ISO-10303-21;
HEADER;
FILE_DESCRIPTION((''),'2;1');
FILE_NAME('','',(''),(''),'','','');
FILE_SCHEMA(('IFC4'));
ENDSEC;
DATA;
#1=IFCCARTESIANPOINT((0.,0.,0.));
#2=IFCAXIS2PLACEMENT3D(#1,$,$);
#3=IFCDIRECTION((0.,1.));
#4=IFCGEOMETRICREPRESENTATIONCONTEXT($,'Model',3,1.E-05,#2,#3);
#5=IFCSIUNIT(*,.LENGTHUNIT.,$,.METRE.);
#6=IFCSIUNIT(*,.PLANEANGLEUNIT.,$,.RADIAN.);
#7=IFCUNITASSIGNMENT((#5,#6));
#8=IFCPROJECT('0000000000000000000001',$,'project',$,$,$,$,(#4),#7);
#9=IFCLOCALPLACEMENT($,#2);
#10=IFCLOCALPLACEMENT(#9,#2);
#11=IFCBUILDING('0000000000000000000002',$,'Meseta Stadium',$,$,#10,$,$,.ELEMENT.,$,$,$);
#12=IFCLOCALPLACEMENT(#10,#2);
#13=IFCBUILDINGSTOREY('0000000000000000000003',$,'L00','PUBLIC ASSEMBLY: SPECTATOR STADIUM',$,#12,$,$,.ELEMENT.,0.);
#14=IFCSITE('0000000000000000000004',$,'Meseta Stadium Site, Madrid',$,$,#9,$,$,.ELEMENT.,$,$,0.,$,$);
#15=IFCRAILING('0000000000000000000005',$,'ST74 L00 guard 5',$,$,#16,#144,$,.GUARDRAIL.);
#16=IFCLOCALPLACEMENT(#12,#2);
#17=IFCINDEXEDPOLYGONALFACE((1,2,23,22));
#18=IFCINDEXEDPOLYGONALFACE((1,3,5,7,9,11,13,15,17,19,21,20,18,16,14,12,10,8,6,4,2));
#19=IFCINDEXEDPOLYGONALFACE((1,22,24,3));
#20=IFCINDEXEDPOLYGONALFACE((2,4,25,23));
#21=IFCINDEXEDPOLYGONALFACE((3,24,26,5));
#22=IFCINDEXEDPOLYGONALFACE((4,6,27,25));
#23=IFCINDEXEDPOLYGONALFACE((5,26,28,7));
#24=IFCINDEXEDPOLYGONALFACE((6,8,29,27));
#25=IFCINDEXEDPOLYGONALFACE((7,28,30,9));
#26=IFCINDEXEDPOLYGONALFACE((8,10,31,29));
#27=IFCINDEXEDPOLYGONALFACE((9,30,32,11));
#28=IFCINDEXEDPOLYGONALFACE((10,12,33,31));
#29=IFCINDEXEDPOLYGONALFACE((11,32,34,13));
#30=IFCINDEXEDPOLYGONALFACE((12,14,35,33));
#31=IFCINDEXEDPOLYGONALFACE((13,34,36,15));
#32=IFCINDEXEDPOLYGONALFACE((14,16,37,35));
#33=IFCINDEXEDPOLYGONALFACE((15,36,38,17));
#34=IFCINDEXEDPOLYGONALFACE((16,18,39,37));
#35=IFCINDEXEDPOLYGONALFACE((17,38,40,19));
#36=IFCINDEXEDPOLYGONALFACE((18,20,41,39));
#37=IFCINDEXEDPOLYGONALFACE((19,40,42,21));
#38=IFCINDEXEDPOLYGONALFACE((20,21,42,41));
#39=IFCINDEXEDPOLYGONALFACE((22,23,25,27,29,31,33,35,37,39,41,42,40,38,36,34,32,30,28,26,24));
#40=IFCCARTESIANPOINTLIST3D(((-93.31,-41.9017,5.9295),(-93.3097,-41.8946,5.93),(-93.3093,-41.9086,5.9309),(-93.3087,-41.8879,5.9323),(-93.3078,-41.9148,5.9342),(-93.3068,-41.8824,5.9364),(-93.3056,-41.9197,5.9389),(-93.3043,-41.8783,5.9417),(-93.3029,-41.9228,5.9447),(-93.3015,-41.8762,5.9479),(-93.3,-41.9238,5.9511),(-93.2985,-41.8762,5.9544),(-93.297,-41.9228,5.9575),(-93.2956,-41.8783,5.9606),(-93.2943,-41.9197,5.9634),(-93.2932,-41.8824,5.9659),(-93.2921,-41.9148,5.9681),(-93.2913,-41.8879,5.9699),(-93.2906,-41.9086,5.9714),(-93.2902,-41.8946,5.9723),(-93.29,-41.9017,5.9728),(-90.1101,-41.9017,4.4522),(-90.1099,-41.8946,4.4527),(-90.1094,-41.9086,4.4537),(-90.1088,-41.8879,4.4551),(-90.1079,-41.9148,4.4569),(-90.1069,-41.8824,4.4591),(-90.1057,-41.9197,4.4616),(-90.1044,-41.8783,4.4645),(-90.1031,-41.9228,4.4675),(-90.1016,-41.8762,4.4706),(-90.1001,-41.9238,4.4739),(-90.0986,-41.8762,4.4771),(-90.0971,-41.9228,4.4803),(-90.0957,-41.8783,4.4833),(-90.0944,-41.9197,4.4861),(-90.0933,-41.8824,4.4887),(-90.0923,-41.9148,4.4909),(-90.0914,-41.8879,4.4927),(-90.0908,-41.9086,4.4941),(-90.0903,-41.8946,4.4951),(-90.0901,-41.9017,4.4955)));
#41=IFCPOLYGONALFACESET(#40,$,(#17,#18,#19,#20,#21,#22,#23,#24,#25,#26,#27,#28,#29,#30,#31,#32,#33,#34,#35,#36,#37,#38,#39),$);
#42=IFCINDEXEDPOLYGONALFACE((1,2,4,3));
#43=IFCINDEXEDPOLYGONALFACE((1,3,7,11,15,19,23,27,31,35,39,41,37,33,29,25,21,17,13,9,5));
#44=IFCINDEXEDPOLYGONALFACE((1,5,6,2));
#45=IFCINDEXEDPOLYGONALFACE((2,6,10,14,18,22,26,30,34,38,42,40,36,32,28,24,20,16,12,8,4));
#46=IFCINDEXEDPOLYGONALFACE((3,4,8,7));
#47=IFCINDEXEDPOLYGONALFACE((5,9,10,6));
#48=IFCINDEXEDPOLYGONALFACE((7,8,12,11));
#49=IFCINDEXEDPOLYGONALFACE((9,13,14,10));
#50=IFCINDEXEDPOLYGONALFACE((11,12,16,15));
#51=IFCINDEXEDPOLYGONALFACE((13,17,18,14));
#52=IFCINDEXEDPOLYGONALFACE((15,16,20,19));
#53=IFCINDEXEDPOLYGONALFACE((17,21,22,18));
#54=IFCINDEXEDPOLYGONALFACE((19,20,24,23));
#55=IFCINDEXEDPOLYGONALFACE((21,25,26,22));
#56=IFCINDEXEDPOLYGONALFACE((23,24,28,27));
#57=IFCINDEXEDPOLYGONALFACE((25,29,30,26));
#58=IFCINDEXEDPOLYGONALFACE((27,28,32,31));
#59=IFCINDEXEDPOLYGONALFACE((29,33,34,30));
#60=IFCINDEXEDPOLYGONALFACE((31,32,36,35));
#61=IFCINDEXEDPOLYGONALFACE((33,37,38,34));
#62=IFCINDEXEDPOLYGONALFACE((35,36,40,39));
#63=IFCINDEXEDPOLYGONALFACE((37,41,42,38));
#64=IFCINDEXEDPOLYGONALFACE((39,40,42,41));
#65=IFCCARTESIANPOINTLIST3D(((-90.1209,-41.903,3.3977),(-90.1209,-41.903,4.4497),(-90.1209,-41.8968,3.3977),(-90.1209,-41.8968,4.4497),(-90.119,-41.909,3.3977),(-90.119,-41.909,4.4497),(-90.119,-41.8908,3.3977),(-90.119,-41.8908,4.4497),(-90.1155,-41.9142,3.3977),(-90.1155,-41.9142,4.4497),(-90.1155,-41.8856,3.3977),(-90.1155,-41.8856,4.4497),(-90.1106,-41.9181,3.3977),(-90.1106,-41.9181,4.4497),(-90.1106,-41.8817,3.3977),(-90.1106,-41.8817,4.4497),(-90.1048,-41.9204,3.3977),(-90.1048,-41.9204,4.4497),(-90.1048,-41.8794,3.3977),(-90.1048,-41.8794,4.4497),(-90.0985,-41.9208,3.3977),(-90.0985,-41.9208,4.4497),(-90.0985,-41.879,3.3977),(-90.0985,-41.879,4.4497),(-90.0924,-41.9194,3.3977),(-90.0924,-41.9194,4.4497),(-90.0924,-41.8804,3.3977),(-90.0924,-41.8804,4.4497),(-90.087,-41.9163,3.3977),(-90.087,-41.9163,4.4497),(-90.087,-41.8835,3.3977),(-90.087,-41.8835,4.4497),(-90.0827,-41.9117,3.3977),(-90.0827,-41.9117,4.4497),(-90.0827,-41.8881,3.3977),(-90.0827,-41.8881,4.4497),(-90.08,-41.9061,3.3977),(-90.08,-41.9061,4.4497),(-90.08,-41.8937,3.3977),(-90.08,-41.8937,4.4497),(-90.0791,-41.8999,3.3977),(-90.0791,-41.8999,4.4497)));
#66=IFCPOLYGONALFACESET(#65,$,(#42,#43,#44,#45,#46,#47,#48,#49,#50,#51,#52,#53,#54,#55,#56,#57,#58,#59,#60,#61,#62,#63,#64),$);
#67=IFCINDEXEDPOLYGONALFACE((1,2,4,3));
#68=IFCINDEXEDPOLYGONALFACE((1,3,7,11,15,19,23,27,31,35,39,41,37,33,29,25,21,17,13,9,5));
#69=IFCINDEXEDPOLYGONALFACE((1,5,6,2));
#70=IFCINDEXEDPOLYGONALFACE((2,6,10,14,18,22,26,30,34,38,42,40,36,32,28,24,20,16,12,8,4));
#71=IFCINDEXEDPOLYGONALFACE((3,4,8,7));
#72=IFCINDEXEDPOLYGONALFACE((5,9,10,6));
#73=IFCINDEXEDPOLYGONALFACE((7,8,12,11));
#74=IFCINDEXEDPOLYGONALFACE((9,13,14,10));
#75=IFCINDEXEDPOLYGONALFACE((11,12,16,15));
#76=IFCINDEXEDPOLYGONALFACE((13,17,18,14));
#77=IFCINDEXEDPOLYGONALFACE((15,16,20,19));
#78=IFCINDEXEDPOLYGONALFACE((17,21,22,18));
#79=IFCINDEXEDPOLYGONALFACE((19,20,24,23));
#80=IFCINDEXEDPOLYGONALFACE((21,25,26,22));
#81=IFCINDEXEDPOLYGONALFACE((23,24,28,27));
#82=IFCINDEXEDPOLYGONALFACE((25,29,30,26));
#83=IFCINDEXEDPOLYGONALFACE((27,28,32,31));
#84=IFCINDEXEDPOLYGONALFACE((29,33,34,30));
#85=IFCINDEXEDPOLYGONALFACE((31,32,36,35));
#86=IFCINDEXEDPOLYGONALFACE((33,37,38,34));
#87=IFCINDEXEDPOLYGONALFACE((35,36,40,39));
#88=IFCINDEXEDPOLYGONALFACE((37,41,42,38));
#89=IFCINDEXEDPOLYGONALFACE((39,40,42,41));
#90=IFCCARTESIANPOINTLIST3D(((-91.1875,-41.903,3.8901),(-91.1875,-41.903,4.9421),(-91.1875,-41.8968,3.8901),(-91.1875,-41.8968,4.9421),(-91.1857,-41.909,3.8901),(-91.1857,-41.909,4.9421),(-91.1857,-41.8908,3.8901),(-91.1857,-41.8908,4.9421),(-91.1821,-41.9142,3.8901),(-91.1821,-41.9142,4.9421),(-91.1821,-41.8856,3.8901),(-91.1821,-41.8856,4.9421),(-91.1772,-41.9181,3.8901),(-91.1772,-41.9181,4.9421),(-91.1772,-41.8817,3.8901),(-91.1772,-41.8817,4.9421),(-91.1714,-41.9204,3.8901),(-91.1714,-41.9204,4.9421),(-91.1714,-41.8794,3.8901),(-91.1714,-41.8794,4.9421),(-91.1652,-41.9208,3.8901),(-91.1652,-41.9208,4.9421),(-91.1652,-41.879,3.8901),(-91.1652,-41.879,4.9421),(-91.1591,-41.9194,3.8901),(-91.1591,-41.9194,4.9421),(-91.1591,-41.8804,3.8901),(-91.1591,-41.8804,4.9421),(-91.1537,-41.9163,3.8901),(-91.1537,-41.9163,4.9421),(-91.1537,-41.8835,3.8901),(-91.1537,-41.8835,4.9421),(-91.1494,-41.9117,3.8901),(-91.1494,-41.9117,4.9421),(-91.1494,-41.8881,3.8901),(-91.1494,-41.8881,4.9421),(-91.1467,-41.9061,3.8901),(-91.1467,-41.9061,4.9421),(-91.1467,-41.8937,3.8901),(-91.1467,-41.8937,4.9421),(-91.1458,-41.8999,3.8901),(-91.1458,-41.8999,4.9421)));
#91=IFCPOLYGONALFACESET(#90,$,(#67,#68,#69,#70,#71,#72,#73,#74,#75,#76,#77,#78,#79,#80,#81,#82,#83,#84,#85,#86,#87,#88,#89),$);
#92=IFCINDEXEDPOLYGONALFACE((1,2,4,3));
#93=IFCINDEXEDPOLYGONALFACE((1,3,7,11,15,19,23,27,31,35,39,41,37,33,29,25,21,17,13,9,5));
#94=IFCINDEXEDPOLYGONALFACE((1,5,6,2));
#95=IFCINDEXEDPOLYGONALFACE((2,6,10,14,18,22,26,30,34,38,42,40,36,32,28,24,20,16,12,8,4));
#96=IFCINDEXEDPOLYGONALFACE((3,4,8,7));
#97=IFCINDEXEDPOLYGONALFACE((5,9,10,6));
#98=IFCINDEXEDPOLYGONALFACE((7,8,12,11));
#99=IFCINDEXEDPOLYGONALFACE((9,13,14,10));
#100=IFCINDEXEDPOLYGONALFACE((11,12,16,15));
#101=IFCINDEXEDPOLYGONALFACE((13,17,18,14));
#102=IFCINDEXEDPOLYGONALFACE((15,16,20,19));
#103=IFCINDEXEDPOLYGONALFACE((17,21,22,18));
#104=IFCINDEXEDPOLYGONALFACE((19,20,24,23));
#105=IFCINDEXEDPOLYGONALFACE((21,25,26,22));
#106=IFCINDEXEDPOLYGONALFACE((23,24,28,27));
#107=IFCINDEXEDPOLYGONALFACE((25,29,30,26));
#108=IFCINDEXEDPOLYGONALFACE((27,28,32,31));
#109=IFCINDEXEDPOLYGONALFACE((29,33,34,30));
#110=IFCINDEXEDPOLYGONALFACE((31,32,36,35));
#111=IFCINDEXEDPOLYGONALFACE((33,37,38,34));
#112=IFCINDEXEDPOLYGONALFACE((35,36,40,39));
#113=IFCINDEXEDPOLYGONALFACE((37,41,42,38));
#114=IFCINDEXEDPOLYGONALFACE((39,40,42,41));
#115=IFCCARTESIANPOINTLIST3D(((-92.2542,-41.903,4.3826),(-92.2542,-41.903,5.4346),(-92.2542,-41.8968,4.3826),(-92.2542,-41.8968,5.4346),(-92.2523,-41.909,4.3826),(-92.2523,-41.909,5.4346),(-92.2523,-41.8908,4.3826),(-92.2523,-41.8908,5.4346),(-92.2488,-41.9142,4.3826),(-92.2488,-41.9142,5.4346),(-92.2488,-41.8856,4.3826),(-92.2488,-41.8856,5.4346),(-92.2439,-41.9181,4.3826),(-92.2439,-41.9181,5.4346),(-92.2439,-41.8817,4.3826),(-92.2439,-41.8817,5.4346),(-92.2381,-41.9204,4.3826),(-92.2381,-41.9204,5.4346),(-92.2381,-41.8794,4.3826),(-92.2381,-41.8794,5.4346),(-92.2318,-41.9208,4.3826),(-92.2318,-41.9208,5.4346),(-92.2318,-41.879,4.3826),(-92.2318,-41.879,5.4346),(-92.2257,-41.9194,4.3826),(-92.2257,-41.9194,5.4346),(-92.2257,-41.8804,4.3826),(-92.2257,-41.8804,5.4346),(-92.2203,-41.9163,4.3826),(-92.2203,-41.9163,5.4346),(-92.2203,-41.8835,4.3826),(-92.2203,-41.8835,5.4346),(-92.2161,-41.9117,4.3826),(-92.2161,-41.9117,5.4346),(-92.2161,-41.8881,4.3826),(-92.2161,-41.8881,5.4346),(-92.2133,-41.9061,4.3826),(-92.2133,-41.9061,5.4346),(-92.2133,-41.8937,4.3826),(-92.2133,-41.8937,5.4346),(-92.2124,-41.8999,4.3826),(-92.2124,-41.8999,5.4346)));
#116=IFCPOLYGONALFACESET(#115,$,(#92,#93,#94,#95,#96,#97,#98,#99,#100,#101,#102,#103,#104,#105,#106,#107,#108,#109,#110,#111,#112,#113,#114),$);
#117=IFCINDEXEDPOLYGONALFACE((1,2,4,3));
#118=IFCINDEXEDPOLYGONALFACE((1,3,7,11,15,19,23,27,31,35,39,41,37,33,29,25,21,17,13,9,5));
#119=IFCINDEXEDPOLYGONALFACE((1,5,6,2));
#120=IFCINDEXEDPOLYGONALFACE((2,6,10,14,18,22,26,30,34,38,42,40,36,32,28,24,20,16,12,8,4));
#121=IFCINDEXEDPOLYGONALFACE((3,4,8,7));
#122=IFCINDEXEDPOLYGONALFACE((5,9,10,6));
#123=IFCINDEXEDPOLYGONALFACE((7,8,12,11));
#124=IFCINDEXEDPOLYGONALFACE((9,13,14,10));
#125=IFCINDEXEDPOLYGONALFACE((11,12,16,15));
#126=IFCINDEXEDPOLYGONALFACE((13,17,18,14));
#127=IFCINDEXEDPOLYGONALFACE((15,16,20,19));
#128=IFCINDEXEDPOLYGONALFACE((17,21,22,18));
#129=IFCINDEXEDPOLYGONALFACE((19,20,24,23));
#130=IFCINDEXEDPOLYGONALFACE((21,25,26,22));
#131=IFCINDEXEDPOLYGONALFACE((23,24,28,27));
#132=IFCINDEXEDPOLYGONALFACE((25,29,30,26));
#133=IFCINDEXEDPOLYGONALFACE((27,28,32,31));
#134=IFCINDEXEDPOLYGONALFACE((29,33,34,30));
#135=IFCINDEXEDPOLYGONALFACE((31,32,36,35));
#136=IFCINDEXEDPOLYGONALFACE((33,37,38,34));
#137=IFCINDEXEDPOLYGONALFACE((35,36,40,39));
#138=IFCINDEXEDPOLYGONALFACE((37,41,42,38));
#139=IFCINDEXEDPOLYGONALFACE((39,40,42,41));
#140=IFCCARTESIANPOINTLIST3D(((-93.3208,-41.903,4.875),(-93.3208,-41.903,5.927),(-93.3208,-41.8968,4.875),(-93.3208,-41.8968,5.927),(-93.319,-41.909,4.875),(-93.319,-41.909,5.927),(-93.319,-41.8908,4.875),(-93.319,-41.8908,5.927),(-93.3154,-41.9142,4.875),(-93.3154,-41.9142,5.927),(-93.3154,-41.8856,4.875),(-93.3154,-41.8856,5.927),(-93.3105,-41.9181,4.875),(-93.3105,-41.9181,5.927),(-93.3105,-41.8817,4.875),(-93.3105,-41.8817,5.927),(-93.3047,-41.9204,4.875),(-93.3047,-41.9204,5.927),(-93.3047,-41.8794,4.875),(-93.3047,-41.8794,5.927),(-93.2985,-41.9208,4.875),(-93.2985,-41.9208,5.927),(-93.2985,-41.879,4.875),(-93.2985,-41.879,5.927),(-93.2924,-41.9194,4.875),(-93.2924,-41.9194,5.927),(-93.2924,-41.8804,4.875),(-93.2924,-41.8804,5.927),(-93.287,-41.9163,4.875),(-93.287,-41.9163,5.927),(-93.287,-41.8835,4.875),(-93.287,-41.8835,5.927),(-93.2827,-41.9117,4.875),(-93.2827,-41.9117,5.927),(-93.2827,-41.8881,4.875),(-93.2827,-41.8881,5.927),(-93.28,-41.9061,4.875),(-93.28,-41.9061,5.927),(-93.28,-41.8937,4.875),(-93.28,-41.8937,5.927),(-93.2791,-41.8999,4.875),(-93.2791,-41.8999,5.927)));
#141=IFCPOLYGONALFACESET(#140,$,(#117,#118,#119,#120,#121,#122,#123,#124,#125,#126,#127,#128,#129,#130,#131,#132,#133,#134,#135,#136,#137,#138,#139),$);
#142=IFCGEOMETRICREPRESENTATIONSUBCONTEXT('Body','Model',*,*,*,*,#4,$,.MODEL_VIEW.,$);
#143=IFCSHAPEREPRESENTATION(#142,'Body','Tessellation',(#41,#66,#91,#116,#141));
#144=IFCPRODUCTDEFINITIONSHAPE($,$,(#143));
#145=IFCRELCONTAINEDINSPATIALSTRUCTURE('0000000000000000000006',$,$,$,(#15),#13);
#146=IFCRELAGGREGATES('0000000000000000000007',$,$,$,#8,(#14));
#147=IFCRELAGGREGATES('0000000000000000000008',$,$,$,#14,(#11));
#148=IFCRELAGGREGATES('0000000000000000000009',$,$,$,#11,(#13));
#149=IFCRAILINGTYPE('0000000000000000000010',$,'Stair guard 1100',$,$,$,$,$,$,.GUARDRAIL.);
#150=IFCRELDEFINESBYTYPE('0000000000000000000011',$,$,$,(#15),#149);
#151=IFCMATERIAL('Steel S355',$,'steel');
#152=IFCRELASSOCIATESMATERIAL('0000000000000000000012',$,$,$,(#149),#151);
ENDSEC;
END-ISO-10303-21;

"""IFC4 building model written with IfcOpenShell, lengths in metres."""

from ifc_helpers import new_model, si_unit, direction, frame, origin, origin_2d, place, context, subcontext, project, spatial, circle, extrude, material, type_object, element, save


model = new_model("IFC4")

# Units and contexts
model_context = context("Model", 3, precision=1e-05, world=origin(), true_north=direction((0.0, 1.0)))
body_context = subcontext(model_context, "Body", "Model", "MODEL_VIEW")
ifc_project = project(units=[si_unit("LENGTHUNIT", "METRE"), si_unit("PLANEANGLEUNIT", "RADIAN")], contexts=[model_context])

# Site, building, storey
site_placement = place(None, origin())
site = spatial("IfcSite", under=ifc_project, at=site_placement, Name="Meseta Stadium Site, Madrid", CompositionType="ELEMENT", RefElevation=0.0)
building_placement = place(site_placement, origin())
building = spatial("IfcBuilding", under=site, at=building_placement, Name="Meseta Stadium", CompositionType="ELEMENT")
storey_placement = place(building_placement, origin())
storey = spatial("IfcBuildingStorey", under=building, at=storey_placement, Name="L00", Description="PUBLIC ASSEMBLY: SPECTATOR STADIUM", CompositionType="ELEMENT", Elevation=0.0)

# Railing
ifc_material_1 = material(Name="Steel S355", Category="steel")
railing_type_1 = type_object("IfcRailingType", Name="Stair guard 1100", PredefinedType="GUARDRAIL", material=ifc_material_1)
railing_1_placement = place(storey_placement, frame((-90.1001, -41.8999, 3.3977)))
element("IfcRailing", 1, at=railing_1_placement, inside=storey, type_object=railing_type_1, Name="ST74 L00 guard 5", PredefinedType="GUARDRAIL", context=body_context, shape_type="SweptSolid", body=[
    extrude(circle(Radius=0.0239, at=origin_2d()), frame((0.0, 0.0, 1.0762), z_axis=(-0.907917, 0.0, 0.41915), x_axis=(0.0, -1.0, 0.0)), (0.0, 0.0, 1.0), 3.5244),
    extrude(circle(Radius=0.021, at=origin_2d()), origin(), (0.0, 0.0, 1.0), 1.052),
    extrude(circle(Radius=0.021, at=origin_2d()), frame((-1.0667, 0.0, 0.4924)), (0.0, 0.0, 1.0), 1.052),
    extrude(circle(Radius=0.021, at=origin_2d()), frame((-2.1333, 0.0, 0.9849)), (0.0, 0.0, 1.0), 1.052),
    extrude(circle(Radius=0.021, at=origin_2d()), frame((-3.2, 0.0, 1.4773)), (0.0, 0.0, 1.0), 1.052),
])

save(model, "model.ifc")
